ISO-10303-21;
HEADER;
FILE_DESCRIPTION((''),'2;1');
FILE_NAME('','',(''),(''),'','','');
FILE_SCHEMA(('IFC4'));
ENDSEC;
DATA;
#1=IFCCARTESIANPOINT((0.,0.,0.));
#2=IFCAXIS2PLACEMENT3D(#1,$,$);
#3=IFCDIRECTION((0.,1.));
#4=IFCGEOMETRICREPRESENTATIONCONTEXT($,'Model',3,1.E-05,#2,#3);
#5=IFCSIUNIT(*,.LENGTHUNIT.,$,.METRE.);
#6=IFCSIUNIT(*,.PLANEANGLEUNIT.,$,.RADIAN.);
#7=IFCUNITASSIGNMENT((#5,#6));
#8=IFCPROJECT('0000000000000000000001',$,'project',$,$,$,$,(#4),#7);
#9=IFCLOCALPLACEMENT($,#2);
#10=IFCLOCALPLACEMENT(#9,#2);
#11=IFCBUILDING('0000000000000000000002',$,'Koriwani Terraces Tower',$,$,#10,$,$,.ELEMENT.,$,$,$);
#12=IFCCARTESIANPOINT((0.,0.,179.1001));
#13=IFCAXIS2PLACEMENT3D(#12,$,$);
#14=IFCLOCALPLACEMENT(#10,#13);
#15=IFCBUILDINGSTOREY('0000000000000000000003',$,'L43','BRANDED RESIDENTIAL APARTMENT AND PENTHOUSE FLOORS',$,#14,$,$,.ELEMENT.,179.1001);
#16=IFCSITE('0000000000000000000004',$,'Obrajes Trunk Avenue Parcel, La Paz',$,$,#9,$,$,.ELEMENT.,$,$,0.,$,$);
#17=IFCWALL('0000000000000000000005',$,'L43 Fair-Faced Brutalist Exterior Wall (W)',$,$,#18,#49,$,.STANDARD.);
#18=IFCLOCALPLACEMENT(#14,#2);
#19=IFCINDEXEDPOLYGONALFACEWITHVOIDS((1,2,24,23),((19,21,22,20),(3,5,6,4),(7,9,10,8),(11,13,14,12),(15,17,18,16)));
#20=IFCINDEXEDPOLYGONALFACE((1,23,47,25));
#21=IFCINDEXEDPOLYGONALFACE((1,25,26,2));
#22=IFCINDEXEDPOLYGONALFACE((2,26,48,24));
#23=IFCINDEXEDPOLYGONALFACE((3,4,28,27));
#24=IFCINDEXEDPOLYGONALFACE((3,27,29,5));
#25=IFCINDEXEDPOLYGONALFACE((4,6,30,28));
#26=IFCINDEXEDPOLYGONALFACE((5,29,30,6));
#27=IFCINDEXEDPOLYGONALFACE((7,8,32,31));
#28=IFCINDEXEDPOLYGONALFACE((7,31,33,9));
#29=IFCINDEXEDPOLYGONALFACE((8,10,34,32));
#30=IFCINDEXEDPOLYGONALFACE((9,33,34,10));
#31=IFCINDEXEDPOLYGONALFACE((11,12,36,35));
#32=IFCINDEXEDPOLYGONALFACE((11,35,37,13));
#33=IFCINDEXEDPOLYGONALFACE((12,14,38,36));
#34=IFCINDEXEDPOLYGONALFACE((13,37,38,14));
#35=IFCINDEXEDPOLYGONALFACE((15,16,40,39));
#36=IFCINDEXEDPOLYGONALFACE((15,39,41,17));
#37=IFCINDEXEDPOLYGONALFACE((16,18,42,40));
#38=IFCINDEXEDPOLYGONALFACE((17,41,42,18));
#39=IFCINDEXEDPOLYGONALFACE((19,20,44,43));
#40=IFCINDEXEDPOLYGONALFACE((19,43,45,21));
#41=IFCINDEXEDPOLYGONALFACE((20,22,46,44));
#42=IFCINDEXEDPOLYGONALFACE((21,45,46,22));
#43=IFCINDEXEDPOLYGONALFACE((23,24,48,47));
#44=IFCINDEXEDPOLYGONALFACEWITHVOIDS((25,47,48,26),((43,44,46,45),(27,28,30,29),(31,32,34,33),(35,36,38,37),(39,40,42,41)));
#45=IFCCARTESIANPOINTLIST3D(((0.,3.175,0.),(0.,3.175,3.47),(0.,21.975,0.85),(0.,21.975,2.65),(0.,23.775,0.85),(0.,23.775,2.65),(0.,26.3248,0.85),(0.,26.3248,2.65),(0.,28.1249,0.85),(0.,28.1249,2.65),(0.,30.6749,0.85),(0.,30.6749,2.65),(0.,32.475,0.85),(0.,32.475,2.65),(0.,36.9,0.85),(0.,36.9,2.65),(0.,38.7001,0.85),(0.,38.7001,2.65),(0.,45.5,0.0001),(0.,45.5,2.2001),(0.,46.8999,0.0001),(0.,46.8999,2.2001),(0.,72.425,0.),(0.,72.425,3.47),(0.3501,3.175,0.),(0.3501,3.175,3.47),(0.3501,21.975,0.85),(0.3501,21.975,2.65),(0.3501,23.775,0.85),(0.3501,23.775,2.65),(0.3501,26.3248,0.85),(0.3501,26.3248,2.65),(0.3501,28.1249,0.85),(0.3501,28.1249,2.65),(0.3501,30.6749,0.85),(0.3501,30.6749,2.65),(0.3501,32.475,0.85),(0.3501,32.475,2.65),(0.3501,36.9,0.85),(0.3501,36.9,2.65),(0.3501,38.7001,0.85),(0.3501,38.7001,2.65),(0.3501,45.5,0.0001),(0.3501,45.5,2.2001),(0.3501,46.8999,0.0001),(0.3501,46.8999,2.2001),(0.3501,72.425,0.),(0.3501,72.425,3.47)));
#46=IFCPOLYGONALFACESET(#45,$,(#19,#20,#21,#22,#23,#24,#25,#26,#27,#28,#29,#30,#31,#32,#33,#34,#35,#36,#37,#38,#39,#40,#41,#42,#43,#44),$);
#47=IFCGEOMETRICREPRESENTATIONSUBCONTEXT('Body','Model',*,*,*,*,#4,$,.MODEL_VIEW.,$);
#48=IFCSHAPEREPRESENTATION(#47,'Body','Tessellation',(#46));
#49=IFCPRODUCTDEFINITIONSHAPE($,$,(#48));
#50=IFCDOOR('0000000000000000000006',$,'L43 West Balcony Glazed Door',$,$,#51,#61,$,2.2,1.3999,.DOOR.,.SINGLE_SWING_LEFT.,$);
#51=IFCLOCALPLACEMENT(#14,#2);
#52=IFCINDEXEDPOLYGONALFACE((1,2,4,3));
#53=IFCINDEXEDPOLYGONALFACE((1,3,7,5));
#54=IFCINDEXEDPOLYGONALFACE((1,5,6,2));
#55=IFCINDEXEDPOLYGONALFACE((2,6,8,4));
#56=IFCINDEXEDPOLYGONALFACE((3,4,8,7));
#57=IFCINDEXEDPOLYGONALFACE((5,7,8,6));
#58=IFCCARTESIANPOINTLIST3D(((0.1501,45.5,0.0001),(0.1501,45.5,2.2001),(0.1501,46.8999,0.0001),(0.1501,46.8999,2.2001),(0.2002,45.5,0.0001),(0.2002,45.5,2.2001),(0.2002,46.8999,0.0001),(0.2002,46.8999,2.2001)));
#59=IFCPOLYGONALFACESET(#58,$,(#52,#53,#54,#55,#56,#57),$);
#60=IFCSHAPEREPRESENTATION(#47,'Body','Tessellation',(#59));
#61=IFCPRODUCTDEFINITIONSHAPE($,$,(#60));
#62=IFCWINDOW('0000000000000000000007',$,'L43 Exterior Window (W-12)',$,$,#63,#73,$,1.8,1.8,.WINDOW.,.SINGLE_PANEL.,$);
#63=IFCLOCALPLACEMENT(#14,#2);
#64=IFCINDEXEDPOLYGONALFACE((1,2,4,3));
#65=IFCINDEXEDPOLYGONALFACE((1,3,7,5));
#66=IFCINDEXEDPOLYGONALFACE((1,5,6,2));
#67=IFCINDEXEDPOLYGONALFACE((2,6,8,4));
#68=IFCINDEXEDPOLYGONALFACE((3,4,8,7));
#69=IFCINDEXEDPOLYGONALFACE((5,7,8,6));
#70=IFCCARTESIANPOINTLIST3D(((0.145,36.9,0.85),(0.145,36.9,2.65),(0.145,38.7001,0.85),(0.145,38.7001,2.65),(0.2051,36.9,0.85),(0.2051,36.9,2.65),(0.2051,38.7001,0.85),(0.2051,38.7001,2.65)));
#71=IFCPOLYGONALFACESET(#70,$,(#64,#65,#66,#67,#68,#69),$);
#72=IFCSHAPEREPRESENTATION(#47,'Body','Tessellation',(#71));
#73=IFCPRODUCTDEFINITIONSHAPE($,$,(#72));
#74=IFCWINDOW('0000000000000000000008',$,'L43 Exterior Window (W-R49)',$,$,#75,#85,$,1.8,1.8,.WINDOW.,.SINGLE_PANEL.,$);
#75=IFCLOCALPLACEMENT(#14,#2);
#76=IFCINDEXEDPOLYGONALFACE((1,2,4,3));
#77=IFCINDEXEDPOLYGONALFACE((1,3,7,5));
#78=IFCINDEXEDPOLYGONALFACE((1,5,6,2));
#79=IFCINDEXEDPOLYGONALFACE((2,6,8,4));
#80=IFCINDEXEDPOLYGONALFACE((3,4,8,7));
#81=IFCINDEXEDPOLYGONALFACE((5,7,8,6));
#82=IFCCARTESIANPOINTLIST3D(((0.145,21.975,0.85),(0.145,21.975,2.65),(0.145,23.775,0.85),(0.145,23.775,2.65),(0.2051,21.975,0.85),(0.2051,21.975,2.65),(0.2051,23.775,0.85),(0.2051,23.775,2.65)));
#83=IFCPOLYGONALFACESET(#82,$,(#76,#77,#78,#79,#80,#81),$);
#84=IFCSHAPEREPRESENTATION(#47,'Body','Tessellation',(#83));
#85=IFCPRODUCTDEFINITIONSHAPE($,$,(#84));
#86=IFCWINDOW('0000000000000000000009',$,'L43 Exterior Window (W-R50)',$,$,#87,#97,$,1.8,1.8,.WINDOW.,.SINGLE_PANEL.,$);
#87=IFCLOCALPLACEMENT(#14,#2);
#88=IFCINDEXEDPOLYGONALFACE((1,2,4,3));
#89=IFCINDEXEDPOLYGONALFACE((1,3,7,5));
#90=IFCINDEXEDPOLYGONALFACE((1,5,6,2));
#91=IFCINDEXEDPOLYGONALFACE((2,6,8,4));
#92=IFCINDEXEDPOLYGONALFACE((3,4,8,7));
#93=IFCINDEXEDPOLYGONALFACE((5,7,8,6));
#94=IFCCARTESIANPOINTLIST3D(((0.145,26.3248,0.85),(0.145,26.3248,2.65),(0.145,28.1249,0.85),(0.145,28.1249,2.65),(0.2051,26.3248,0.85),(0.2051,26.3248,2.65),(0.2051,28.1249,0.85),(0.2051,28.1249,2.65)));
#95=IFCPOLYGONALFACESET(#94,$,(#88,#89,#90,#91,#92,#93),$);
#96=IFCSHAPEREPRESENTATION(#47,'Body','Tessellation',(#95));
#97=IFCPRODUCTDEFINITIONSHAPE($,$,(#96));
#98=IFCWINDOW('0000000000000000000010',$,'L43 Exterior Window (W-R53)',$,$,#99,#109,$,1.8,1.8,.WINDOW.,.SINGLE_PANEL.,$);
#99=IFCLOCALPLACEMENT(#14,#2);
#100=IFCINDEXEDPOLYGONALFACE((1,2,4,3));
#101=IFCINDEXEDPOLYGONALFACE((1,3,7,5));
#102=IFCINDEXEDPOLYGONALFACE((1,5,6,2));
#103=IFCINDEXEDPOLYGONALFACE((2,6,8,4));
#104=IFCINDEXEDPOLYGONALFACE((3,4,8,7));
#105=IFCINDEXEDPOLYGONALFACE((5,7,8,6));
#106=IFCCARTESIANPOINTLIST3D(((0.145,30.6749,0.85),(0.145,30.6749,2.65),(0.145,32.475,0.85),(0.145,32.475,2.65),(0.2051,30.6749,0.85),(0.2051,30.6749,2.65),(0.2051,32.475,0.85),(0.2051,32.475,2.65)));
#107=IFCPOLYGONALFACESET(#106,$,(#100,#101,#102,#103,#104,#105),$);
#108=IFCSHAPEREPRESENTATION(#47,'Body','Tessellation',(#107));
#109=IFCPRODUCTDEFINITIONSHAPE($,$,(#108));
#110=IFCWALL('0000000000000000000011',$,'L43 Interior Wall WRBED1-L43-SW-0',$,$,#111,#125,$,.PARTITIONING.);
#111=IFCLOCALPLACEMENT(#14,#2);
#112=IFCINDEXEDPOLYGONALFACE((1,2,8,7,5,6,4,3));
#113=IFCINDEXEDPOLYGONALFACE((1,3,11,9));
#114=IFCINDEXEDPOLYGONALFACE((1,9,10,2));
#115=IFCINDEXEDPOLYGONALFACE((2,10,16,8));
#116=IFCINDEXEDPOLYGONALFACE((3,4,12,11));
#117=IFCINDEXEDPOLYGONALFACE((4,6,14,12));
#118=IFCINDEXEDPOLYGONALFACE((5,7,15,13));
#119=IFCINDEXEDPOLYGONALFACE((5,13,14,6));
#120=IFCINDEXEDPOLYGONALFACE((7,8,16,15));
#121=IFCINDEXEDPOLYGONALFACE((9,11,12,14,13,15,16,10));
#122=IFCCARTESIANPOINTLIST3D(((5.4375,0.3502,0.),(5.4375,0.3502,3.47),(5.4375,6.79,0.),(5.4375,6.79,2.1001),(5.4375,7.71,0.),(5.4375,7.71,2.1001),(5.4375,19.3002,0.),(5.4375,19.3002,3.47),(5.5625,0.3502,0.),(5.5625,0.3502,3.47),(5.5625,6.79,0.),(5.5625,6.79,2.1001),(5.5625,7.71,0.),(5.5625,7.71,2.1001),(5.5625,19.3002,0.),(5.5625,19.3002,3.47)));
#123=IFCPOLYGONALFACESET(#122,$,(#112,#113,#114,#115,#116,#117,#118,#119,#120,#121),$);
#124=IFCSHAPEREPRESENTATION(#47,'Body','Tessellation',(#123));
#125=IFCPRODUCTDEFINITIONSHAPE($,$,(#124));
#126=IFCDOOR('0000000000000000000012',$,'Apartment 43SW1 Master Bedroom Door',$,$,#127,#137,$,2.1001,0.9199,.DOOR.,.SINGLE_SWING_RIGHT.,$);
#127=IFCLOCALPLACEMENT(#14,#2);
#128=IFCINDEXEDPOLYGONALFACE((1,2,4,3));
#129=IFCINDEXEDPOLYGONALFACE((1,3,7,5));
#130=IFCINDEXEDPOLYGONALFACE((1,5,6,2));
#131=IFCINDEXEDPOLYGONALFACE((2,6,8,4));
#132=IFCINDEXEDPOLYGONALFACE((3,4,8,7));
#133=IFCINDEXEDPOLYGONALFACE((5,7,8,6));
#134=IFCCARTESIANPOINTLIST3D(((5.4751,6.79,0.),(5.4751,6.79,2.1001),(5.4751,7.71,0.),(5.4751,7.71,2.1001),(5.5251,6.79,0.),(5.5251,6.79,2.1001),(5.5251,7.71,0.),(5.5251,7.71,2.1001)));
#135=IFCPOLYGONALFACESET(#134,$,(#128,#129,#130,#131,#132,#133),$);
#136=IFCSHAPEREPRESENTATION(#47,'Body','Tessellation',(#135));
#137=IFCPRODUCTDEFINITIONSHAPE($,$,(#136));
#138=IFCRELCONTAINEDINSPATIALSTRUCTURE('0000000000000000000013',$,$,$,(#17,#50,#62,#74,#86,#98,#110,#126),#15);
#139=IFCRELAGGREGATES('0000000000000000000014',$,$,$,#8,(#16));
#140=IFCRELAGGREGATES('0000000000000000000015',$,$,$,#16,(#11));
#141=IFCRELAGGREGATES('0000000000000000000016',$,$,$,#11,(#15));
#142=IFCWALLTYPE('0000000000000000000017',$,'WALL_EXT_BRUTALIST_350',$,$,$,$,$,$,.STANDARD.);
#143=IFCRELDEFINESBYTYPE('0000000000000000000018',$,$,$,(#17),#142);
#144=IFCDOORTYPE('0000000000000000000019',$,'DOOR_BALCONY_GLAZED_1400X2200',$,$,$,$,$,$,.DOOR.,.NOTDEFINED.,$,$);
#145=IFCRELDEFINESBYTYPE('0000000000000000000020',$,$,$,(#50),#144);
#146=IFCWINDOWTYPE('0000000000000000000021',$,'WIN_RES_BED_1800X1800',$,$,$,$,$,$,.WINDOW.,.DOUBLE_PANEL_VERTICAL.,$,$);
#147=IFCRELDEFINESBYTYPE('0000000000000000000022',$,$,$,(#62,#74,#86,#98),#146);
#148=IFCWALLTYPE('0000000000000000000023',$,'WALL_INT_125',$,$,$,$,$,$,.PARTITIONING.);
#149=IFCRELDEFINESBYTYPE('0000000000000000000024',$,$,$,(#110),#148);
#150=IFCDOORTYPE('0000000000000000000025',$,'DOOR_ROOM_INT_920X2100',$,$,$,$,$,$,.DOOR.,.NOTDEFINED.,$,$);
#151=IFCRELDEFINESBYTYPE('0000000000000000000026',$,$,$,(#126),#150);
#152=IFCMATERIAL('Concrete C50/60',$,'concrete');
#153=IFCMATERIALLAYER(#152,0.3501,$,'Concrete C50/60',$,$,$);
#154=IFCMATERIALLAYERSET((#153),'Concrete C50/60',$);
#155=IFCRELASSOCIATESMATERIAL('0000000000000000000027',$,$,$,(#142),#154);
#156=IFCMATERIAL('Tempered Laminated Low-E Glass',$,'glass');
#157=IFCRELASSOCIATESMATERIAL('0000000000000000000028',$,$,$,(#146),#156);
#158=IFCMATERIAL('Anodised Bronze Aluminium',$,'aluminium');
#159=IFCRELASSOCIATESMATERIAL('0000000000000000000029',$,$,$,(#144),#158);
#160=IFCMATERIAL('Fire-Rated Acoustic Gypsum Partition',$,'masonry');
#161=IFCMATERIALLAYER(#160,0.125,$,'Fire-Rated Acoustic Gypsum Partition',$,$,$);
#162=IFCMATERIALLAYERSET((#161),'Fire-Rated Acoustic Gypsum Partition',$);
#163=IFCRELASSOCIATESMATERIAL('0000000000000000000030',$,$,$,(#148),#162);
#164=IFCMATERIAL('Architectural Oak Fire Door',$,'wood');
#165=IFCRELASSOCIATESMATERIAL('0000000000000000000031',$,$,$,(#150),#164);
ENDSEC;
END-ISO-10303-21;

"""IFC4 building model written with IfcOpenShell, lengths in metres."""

from ifc_helpers import new_model, si_unit, direction, frame, frame_2d, origin, place, context, subcontext, project, spatial, rectangle, extrude, material, layer, layer_set, type_object, element, fill, save


model = new_model("IFC4")

# Units and contexts
model_context = context("Model", 3, precision=1e-05, world=origin(), true_north=direction((0.0, 1.0)))
body_context = subcontext(model_context, "Body", "Model", "MODEL_VIEW")
ifc_project = project(units=[si_unit("LENGTHUNIT", "METRE"), si_unit("PLANEANGLEUNIT", "RADIAN")], contexts=[model_context])

# Site, building, storey
site_placement = place(None, origin())
site = spatial("IfcSite", under=ifc_project, at=site_placement, Name="Obrajes Trunk Avenue Parcel, La Paz", CompositionType="ELEMENT", RefElevation=0.0)
building_placement = place(site_placement, origin())
building = spatial("IfcBuilding", under=site, at=building_placement, Name="Koriwani Terraces Tower", CompositionType="ELEMENT")
storey_placement = place(building_placement, frame((0.0, 0.0, 179.1001)))
storey = spatial("IfcBuildingStorey", under=building, at=storey_placement, Name="L43", Description="BRANDED RESIDENTIAL APARTMENT AND PENTHOUSE FLOORS", CompositionType="ELEMENT", Elevation=179.1001)

# Shared definitions
ifc_material_1 = material(Name="Concrete C50/60", Category="concrete")

# Shared definitions
ifc_layer_1 = layer(ifc_material_1, 0.3501, Name="Concrete C50/60")
ifc_layer_set_1 = layer_set([ifc_layer_1], Name="Concrete C50/60")
wall_type_1 = type_object("IfcWallType", Name="WALL_EXT_BRUTALIST_350", PredefinedType="STANDARD", material=ifc_layer_set_1)
ifc_material_2 = material(Name="Tempered Laminated Low-E Glass", Category="glass")
window_type = type_object("IfcWindowType", Name="WIN_RES_BED_1800X1800", PartitioningType="DOUBLE_PANEL_VERTICAL", PredefinedType="WINDOW", material=ifc_material_2)

# Wall, openings, door, windows
wall_1_placement = place(storey_placement, frame((0.175, 3.175, 0.0), z_axis=(0.0, 0.0, 1.0), x_axis=(0.0, 1.0, 0.0)))
wall_1 = element("IfcWall", 1, at=wall_1_placement, inside=storey, type_object=wall_type_1, Name="L43 Fair-Faced Brutalist Exterior Wall (W)", PredefinedType="STANDARD", context=body_context, shape_type="SweptSolid", body=[
    extrude(rectangle(XDim=69.25, YDim=0.3501, at=frame_2d((34.625, 0.0))), origin(), (0.0, 0.0, 1.0), 3.47),
])
opening_1_placement = place(wall_1_placement, frame((42.325, 0.0, 0.0)))
opening_1 = element("IfcOpeningElement", 2, at=opening_1_placement, cuts=wall_1, PredefinedType="OPENING", context=body_context, shape_type="SweptSolid", body=[
    extrude(rectangle(XDim=1.3999, YDim=2.2, at=frame_2d((0.7, 1.1001))), frame((0.0, 0.1851, 0.0), z_axis=(0.0, -1.0, 0.0), x_axis=(1.0, 0.0, 0.0)), (0.0, 0.0, 1.0), 0.3701),
])
opening_2_placement = place(wall_1_placement, frame((33.7251, 0.0, 0.8501)))
opening_2 = element("IfcOpeningElement", 3, at=opening_2_placement, cuts=wall_1, PredefinedType="OPENING", context=body_context, shape_type="SweptSolid", body=[
    extrude(rectangle(XDim=1.8, YDim=1.8, at=frame_2d((0.8999, 0.8999))), frame((0.0, 0.1851, 0.0), z_axis=(0.0, -1.0, 0.0), x_axis=(1.0, 0.0, 0.0)), (0.0, 0.0, 1.0), 0.3701),
])
opening_3_placement = place(wall_1_placement, frame((18.8, 0.0, 0.8501)))
opening_3 = element("IfcOpeningElement", 4, at=opening_3_placement, cuts=wall_1, PredefinedType="OPENING", context=body_context, shape_type="SweptSolid", body=[
    extrude(rectangle(XDim=1.8, YDim=1.8, at=frame_2d((0.8999, 0.8999))), frame((0.0, 0.1851, 0.0), z_axis=(0.0, -1.0, 0.0), x_axis=(1.0, 0.0, 0.0)), (0.0, 0.0, 1.0), 0.3701),
])
opening_4_placement = place(wall_1_placement, frame((23.1499, 0.0, 0.8501)))
opening_4 = element("IfcOpeningElement", 5, at=opening_4_placement, cuts=wall_1, PredefinedType="OPENING", context=body_context, shape_type="SweptSolid", body=[
    extrude(rectangle(XDim=1.8, YDim=1.8, at=frame_2d((0.8999, 0.8999))), frame((0.0, 0.1851, 0.0), z_axis=(0.0, -1.0, 0.0), x_axis=(1.0, 0.0, 0.0)), (0.0, 0.0, 1.0), 0.3701),
])
opening_5_placement = place(wall_1_placement, frame((27.5, 0.0, 0.8501)))
opening_5 = element("IfcOpeningElement", 6, at=opening_5_placement, cuts=wall_1, PredefinedType="OPENING", context=body_context, shape_type="SweptSolid", body=[
    extrude(rectangle(XDim=1.8, YDim=1.8, at=frame_2d((0.8999, 0.8999))), frame((0.0, 0.1851, 0.0), z_axis=(0.0, -1.0, 0.0), x_axis=(1.0, 0.0, 0.0)), (0.0, 0.0, 1.0), 0.3701),
])
ifc_material_3 = material(Name="Anodised Bronze Aluminium", Category="aluminium")
door_type_1 = type_object("IfcDoorType", Name="DOOR_BALCONY_GLAZED_1400X2200", OperationType="NOTDEFINED", PredefinedType="DOOR", material=ifc_material_3)
door_1_placement = place(opening_1_placement, origin())
door_1 = element("IfcDoor", 7, at=door_1_placement, inside=storey, type_object=door_type_1, Name="L43 West Balcony Glazed Door", OperationType="SINGLE_SWING_LEFT", OverallHeight=2.2, OverallWidth=1.3999, PredefinedType="DOOR", context=body_context, shape_type="SweptSolid", body=[
    extrude(rectangle(XDim=1.3999, YDim=2.2, at=frame_2d((0.7, 1.1001))), frame((0.0, 0.0249, 0.0), z_axis=(0.0, -1.0, 0.0), x_axis=(1.0, 0.0, 0.0)), (0.0, 0.0, 1.0), 0.05),
])
fill(opening_1, door_1)
window_1_placement = place(opening_2_placement, origin())
window_1 = element("IfcWindow", 8, at=window_1_placement, inside=storey, type_object=window_type, Name="L43 Exterior Window (W-12)", OverallHeight=1.8, OverallWidth=1.8, PartitioningType="SINGLE_PANEL", PredefinedType="WINDOW", context=body_context, shape_type="SweptSolid", body=[
    extrude(rectangle(XDim=1.8, YDim=1.8, at=frame_2d((0.8999, 0.8999))), frame((0.0, 0.03, 0.0), z_axis=(0.0, -1.0, 0.0), x_axis=(1.0, 0.0, 0.0)), (0.0, 0.0, 1.0), 0.0601),
])
fill(opening_2, window_1)
window_2_placement = place(opening_3_placement, origin())
window_2 = element("IfcWindow", 9, at=window_2_placement, inside=storey, type_object=window_type, Name="L43 Exterior Window (W-R49)", OverallHeight=1.8, OverallWidth=1.8, PartitioningType="SINGLE_PANEL", PredefinedType="WINDOW", context=body_context, shape_type="SweptSolid", body=[
    extrude(rectangle(XDim=1.8, YDim=1.8, at=frame_2d((0.8999, 0.8999))), frame((0.0, 0.03, 0.0), z_axis=(0.0, -1.0, 0.0), x_axis=(1.0, 0.0, 0.0)), (0.0, 0.0, 1.0), 0.0601),
])
fill(opening_3, window_2)
window_3_placement = place(opening_4_placement, origin())
window_3 = element("IfcWindow", 10, at=window_3_placement, inside=storey, type_object=window_type, Name="L43 Exterior Window (W-R50)", OverallHeight=1.8, OverallWidth=1.8, PartitioningType="SINGLE_PANEL", PredefinedType="WINDOW", context=body_context, shape_type="SweptSolid", body=[
    extrude(rectangle(XDim=1.8, YDim=1.8, at=frame_2d((0.8999, 0.8999))), frame((0.0, 0.03, 0.0), z_axis=(0.0, -1.0, 0.0), x_axis=(1.0, 0.0, 0.0)), (0.0, 0.0, 1.0), 0.0601),
])
fill(opening_4, window_3)
window_4_placement = place(opening_5_placement, origin())
window_4 = element("IfcWindow", 11, at=window_4_placement, inside=storey, type_object=window_type, Name="L43 Exterior Window (W-R53)", OverallHeight=1.8, OverallWidth=1.8, PartitioningType="SINGLE_PANEL", PredefinedType="WINDOW", context=body_context, shape_type="SweptSolid", body=[
    extrude(rectangle(XDim=1.8, YDim=1.8, at=frame_2d((0.8999, 0.8999))), frame((0.0, 0.03, 0.0), z_axis=(0.0, -1.0, 0.0), x_axis=(1.0, 0.0, 0.0)), (0.0, 0.0, 1.0), 0.0601),
])
fill(opening_5, window_4)

# Wall, opening, door
ifc_material_4 = material(Name="Fire-Rated Acoustic Gypsum Partition", Category="masonry")
ifc_layer_2 = layer(ifc_material_4, 0.125, Name="Fire-Rated Acoustic Gypsum Partition")
ifc_layer_set_2 = layer_set([ifc_layer_2], Name="Fire-Rated Acoustic Gypsum Partition")
wall_type_2 = type_object("IfcWallType", Name="WALL_INT_125", PredefinedType="PARTITIONING", material=ifc_layer_set_2)
wall_2_placement = place(storey_placement, frame((5.5, 0.3501, 0.0), z_axis=(0.0, 0.0, 1.0), x_axis=(0.0, 1.0, 0.0)))
wall_2 = element("IfcWall", 12, at=wall_2_placement, inside=storey, type_object=wall_type_2, Name="L43 Interior Wall WRBED1-L43-SW-0", PredefinedType="PARTITIONING", context=body_context, shape_type="SweptSolid", body=[
    extrude(rectangle(XDim=18.95, YDim=0.125, at=frame_2d((9.4751, 0.0))), origin(), (0.0, 0.0, 1.0), 3.47),
])
opening_6_placement = place(wall_2_placement, frame((6.4399, 0.0, 0.0)))
opening_6 = element("IfcOpeningElement", 13, at=opening_6_placement, cuts=wall_2, PredefinedType="OPENING", context=body_context, shape_type="SweptSolid", body=[
    extrude(rectangle(XDim=0.9199, YDim=2.1001, at=frame_2d((0.46, 1.05))), frame((0.0, 0.0725, 0.0), z_axis=(0.0, -1.0, 0.0), x_axis=(1.0, 0.0, 0.0)), (0.0, 0.0, 1.0), 0.145),
])
ifc_material_5 = material(Name="Architectural Oak Fire Door", Category="wood")
door_type_2 = type_object("IfcDoorType", Name="DOOR_ROOM_INT_920X2100", OperationType="NOTDEFINED", PredefinedType="DOOR", material=ifc_material_5)
door_2_placement = place(opening_6_placement, origin())
door_2 = element("IfcDoor", 14, at=door_2_placement, inside=storey, type_object=door_type_2, Name="Apartment 43SW1 Master Bedroom Door", OperationType="SINGLE_SWING_RIGHT", OverallHeight=2.1001, OverallWidth=0.9199, PredefinedType="DOOR", context=body_context, shape_type="SweptSolid", body=[
    extrude(rectangle(XDim=0.9199, YDim=2.1001, at=frame_2d((0.46, 1.05))), frame((0.0, 0.0249, 0.0), z_axis=(0.0, -1.0, 0.0), x_axis=(1.0, 0.0, 0.0)), (0.0, 0.0, 1.0), 0.05),
])
fill(opening_6, door_2)

save(model, "model.ifc")
